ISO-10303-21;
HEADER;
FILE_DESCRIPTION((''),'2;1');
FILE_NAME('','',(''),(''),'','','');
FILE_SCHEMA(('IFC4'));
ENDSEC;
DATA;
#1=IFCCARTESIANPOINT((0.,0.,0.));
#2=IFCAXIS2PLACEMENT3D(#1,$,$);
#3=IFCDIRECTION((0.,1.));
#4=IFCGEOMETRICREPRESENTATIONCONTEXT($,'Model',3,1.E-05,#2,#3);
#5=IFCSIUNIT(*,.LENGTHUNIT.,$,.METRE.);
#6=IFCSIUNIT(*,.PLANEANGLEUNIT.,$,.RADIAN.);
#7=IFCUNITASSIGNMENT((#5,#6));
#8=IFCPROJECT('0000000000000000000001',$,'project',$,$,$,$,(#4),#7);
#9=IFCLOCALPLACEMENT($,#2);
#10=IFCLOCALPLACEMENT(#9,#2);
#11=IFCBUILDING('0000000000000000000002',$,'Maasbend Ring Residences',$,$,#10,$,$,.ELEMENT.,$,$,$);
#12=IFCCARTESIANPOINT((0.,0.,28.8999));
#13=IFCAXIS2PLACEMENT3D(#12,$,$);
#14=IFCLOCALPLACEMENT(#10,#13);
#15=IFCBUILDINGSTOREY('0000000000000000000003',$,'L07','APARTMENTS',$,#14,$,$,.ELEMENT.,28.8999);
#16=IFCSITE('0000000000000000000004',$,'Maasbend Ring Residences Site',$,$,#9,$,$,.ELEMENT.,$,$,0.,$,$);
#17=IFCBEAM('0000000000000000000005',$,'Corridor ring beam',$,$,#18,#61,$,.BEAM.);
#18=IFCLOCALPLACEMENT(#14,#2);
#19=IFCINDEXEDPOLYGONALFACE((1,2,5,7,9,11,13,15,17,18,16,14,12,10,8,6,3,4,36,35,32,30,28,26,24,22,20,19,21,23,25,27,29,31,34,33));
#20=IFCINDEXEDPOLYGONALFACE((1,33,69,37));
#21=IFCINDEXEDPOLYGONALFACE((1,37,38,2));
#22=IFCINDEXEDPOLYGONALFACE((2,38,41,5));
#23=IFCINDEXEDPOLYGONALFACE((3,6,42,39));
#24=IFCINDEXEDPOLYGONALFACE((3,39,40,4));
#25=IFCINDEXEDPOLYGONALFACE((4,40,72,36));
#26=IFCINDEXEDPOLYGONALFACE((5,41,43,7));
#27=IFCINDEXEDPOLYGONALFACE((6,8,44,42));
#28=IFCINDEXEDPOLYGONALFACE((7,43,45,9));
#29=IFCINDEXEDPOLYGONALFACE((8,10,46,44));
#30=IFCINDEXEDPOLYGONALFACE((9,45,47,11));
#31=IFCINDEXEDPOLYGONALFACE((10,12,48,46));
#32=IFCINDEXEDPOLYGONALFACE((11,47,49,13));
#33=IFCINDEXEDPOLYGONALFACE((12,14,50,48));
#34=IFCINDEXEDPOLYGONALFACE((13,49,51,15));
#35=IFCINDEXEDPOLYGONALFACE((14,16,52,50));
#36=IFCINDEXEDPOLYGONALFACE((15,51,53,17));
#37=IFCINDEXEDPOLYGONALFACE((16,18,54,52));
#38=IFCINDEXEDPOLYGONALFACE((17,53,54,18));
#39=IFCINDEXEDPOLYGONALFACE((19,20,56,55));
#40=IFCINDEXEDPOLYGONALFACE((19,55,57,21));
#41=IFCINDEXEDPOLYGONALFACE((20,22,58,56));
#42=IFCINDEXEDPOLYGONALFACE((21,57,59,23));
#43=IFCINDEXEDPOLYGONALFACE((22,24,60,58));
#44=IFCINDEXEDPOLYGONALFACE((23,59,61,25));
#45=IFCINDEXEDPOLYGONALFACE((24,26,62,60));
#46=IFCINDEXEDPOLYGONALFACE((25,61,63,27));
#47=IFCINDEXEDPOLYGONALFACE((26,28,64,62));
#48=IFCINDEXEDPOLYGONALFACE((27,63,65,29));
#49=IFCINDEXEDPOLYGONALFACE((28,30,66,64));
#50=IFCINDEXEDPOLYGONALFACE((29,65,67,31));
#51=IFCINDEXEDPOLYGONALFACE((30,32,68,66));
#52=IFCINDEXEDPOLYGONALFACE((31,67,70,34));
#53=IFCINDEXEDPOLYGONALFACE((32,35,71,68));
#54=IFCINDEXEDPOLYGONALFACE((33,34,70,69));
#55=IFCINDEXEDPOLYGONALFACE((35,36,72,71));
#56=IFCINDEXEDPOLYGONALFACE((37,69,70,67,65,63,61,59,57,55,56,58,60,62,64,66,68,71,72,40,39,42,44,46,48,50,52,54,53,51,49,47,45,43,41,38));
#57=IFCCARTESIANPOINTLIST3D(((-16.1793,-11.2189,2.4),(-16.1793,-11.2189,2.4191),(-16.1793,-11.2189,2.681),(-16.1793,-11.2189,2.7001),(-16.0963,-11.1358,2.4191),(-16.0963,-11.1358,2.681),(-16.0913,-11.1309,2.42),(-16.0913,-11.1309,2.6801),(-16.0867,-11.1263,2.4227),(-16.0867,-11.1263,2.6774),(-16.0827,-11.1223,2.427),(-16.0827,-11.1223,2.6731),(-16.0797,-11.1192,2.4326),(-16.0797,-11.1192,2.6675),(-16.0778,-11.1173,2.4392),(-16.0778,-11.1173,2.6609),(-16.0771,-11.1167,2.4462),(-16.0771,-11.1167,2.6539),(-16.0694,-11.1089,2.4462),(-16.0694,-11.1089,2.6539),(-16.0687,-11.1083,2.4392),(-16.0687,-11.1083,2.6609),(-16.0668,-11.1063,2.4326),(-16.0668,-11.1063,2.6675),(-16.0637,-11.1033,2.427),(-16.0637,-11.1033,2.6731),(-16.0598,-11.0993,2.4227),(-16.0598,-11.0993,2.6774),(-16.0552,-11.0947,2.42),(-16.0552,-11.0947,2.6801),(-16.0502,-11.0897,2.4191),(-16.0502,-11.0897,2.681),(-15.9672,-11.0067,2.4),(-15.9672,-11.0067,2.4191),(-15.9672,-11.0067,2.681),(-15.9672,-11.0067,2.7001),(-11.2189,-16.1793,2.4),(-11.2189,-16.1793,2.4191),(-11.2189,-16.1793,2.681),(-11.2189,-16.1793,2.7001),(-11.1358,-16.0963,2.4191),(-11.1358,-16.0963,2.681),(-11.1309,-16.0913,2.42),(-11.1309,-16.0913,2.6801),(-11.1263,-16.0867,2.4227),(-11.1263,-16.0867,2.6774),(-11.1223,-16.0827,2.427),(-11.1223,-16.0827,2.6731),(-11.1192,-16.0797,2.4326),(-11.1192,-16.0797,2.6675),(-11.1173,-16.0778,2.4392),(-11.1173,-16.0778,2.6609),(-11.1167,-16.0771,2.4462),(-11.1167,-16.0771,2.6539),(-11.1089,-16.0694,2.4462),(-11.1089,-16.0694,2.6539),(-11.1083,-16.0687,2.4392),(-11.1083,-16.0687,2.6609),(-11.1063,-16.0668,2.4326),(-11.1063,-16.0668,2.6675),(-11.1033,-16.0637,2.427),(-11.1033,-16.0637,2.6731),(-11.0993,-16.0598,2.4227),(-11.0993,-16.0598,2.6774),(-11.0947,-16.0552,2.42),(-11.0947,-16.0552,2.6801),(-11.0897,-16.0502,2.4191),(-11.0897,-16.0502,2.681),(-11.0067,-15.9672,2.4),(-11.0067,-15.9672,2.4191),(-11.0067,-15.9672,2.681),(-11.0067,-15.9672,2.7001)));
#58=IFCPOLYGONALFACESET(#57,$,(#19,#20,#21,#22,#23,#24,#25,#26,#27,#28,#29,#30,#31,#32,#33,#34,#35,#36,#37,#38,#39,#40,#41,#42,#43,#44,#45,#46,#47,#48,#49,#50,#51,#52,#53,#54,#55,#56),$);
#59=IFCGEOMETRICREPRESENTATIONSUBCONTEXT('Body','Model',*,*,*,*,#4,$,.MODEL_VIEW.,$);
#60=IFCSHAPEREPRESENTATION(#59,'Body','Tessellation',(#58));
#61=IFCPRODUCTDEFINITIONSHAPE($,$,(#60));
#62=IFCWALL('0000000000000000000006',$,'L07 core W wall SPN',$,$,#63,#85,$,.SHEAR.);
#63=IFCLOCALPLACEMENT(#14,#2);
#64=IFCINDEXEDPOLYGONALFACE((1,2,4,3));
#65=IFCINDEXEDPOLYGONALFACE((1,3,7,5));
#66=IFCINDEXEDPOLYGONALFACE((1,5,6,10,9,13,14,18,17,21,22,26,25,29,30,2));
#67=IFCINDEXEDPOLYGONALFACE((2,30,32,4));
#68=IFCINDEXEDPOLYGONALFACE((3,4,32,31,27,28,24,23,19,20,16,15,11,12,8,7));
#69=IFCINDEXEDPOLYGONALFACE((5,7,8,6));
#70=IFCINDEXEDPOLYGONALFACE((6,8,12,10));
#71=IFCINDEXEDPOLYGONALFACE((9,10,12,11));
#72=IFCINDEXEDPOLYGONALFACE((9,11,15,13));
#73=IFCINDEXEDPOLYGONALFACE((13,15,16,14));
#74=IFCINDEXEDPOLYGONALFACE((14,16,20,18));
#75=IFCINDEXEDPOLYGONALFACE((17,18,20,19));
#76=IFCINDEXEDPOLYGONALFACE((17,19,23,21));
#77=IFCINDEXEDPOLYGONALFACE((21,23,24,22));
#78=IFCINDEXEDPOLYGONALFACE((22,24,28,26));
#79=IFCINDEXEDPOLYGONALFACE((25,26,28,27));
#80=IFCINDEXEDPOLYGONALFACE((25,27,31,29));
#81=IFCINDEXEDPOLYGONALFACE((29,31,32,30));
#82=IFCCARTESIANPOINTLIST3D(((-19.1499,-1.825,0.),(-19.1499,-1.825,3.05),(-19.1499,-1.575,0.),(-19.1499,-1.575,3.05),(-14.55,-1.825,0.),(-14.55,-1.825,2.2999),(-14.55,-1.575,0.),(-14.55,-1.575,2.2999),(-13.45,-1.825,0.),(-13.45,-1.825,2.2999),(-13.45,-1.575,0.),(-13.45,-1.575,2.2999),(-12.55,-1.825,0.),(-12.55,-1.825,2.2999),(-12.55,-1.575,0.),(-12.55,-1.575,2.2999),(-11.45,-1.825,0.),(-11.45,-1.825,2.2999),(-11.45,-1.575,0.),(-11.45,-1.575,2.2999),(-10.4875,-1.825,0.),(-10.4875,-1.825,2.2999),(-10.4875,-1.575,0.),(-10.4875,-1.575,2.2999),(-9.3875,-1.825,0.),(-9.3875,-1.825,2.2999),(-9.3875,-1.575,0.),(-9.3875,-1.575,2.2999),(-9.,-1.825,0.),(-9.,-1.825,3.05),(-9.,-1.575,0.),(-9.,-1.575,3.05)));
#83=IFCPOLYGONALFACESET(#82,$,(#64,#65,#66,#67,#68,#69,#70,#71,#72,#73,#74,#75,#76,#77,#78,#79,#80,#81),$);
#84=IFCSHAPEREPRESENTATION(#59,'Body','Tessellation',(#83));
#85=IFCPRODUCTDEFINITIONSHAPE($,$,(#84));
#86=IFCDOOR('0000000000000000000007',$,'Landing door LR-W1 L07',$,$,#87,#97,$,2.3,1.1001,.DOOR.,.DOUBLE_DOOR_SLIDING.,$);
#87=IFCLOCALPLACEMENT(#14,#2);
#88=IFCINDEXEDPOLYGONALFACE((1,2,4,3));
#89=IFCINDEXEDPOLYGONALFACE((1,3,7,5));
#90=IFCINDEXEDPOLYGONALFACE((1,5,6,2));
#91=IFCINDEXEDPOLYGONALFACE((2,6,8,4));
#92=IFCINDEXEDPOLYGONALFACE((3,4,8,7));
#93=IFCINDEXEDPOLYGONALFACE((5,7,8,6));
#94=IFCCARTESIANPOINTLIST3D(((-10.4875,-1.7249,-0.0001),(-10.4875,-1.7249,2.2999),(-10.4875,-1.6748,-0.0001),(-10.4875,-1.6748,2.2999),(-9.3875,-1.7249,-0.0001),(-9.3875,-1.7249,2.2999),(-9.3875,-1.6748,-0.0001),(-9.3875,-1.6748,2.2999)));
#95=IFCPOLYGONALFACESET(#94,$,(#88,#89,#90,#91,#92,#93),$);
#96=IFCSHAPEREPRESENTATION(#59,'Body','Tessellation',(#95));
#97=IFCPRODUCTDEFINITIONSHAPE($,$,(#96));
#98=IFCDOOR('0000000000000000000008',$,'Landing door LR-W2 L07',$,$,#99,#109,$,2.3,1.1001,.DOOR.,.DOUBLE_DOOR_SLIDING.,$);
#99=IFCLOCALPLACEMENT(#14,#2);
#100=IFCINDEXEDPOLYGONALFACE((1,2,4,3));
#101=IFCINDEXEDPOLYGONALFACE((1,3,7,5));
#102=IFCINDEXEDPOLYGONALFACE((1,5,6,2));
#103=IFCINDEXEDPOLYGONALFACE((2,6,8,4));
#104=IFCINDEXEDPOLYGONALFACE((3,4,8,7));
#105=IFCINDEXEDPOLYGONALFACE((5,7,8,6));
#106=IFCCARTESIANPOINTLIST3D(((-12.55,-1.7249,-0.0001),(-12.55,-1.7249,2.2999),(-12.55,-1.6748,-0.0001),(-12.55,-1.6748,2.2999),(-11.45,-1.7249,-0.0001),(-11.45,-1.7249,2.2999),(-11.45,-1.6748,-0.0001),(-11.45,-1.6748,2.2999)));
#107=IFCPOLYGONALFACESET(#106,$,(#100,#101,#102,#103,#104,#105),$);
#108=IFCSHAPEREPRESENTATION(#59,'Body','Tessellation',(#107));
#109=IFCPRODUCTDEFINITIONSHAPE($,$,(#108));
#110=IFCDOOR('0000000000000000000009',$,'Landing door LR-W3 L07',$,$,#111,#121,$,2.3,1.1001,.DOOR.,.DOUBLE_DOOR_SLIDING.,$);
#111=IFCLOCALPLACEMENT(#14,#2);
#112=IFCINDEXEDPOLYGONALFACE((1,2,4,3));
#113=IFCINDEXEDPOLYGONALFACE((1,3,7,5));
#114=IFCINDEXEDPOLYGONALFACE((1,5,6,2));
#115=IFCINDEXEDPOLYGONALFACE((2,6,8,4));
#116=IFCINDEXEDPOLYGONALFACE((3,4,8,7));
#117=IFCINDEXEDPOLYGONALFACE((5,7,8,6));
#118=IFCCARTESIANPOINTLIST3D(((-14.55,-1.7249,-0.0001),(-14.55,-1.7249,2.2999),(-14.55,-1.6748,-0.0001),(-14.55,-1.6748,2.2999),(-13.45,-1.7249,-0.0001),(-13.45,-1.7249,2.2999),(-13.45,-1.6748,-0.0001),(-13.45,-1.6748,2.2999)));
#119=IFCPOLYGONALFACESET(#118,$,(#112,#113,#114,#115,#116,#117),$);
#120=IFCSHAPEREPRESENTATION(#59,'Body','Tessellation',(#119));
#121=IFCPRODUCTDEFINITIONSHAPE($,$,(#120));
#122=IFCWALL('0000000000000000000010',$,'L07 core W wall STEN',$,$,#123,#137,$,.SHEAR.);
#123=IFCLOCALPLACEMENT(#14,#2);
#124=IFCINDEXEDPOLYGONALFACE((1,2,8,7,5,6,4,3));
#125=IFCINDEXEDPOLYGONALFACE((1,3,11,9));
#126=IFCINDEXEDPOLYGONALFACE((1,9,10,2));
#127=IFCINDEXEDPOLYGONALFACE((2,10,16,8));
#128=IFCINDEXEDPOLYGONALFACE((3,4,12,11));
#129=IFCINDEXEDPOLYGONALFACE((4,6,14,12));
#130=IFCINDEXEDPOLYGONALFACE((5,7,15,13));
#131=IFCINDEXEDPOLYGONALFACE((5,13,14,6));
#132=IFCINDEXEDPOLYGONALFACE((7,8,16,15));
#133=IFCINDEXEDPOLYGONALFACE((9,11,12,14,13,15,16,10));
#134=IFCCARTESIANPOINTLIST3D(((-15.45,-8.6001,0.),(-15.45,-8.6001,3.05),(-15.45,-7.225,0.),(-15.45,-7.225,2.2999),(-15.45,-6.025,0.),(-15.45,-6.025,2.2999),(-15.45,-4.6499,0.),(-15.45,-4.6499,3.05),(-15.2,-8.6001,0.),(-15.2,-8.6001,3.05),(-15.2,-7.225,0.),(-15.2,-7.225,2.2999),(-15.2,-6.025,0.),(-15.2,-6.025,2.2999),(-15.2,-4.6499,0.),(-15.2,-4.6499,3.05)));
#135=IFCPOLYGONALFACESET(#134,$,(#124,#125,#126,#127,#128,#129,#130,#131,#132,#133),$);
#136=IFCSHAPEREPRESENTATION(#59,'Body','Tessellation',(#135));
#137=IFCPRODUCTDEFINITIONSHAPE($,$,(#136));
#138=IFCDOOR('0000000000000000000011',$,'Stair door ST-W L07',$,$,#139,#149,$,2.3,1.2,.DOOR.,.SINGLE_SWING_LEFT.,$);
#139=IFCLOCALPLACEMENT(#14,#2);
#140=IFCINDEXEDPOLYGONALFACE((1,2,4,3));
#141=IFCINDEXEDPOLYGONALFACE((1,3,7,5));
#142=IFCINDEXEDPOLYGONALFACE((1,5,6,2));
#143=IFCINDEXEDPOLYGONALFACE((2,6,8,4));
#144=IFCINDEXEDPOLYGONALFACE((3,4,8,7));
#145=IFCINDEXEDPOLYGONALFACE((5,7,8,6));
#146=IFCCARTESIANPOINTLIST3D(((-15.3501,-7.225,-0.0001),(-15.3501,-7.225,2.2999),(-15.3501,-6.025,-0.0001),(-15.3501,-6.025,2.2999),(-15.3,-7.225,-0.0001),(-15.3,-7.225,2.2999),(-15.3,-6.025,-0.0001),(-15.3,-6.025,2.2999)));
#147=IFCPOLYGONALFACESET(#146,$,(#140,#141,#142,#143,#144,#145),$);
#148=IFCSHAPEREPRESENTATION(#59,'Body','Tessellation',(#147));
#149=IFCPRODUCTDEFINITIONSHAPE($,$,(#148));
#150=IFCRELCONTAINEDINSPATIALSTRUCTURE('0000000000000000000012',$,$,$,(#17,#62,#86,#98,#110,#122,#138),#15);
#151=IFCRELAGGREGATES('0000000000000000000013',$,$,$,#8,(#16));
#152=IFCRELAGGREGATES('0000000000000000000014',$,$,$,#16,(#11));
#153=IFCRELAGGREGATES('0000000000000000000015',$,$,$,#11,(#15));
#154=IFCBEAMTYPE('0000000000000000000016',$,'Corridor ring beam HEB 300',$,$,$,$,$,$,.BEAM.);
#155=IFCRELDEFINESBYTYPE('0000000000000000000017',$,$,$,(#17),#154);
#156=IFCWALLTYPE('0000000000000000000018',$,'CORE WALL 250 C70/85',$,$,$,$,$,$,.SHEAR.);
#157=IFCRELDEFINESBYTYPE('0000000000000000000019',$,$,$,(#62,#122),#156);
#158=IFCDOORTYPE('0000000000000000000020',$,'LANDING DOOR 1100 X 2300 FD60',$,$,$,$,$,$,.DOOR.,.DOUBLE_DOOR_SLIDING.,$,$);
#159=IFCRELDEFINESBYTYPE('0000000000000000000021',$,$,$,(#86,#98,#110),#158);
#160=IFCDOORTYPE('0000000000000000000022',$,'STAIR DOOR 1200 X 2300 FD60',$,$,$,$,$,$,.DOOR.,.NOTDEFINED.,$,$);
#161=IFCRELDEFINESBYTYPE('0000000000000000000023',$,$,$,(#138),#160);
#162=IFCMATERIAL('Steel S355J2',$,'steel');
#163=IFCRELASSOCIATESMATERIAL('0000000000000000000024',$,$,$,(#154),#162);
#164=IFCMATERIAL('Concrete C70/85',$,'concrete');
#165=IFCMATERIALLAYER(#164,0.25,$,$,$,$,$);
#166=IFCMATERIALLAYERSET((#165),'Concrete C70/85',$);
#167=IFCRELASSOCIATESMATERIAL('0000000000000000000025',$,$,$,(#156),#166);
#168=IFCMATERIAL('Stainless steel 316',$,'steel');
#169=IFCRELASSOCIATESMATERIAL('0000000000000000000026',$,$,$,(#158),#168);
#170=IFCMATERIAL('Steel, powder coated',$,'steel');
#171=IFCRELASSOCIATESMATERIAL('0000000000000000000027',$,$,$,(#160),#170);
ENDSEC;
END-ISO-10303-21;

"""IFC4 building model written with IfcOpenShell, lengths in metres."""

from ifc_helpers import new_model, si_unit, direction, frame, frame_2d, origin, origin_2d, place, context, subcontext, project, spatial, rectangle, i_section, extrude, material, layer, layer_set, material_profile, profile_set, type_object, element, fill, save


model = new_model("IFC4")

# Units and contexts
model_context = context("Model", 3, precision=1e-05, world=origin(), true_north=direction((0.0, 1.0)))
body_context = subcontext(model_context, "Body", "Model", "MODEL_VIEW")
ifc_project = project(units=[si_unit("LENGTHUNIT", "METRE"), si_unit("PLANEANGLEUNIT", "RADIAN")], contexts=[model_context])

# Site, building, storey
site_placement = place(None, origin())
site = spatial("IfcSite", under=ifc_project, at=site_placement, Name="Maasbend Ring Residences Site", CompositionType="ELEMENT", RefElevation=0.0)
building_placement = place(site_placement, origin())
building = spatial("IfcBuilding", under=site, at=building_placement, Name="Maasbend Ring Residences", CompositionType="ELEMENT")
storey_placement = place(building_placement, frame((0.0, 0.0, 28.8999)))
storey = spatial("IfcBuildingStorey", under=building, at=storey_placement, Name="L07", Description="APARTMENTS", CompositionType="ELEMENT", Elevation=28.8999)

# Beam
ifc_material_1 = material(Name="Steel S355J2", Category="steel")
ifc_material_profile = material_profile(ifc_material_1, i_section(OverallWidth=0.3, OverallDepth=0.3, WebThickness=0.011, FlangeThickness=0.019, FilletRadius=0.0271, at=origin_2d()), Name="HEB 300")
ifc_profile_set = profile_set([ifc_material_profile], Name="Steel S355J2")
beam_type = type_object("IfcBeamType", Name="Corridor ring beam HEB 300", PredefinedType="BEAM", material=ifc_profile_set)
beam_placement = place(storey_placement, frame((-16.0732, -11.1128, 2.55), z_axis=(0.707107, -0.707107, 0.0), x_axis=(0.707107, 0.707107, 0.0)))
element("IfcBeam", 1, at=beam_placement, inside=storey, type_object=beam_type, Name="Corridor ring beam", PredefinedType="BEAM", context=body_context, shape_type="SweptSolid", body=[
    extrude(i_section(OverallWidth=0.3, OverallDepth=0.3, WebThickness=0.011, FlangeThickness=0.019, FilletRadius=0.0271, at=origin_2d()), origin(), (0.0, 0.0, 1.0), 7.0151),
])

# Wall, openings, doors
ifc_material_2 = material(Name="Concrete C70/85", Category="concrete")
ifc_layer_1 = layer(ifc_material_2, 0.25)
ifc_layer_set_1 = layer_set([ifc_layer_1], Name="Concrete C70/85")
wall_type_1 = type_object("IfcWallType", Name="CORE WALL 250 C70/85", PredefinedType="SHEAR", material=ifc_layer_set_1)
wall_1_placement = place(storey_placement, frame((-9.0, -1.7, 0.0), z_axis=(0.0, 0.0, 1.0), x_axis=(-1.0, 0.0, 0.0)))
wall_1 = element("IfcWall", 2, at=wall_1_placement, inside=storey, type_object=wall_type_1, Name="L07 core W wall SPN", PredefinedType="SHEAR", context=body_context, shape_type="SweptSolid", body=[
    extrude(rectangle(XDim=10.1499, YDim=0.25, at=frame_2d((5.075, 0.0))), origin(), (0.0, 0.0, 1.0), 3.05),
])
opening_1_placement = place(wall_1_placement, frame((0.3875, 0.0, 0.0)))
opening_1 = element("IfcOpeningElement", 3, at=opening_1_placement, cuts=wall_1, PredefinedType="OPENING", context=body_context, shape_type="SweptSolid", body=[
    extrude(rectangle(XDim=1.1001, YDim=2.3, at=frame_2d((0.55, 1.1499))), frame((0.0, 0.135, 0.0), z_axis=(0.0, -1.0, 0.0), x_axis=(1.0, 0.0, 0.0)), (0.0, 0.0, 1.0), 0.27),
])
opening_2_placement = place(wall_1_placement, frame((2.45, 0.0, 0.0)))
opening_2 = element("IfcOpeningElement", 4, at=opening_2_placement, cuts=wall_1, PredefinedType="OPENING", context=body_context, shape_type="SweptSolid", body=[
    extrude(rectangle(XDim=1.1001, YDim=2.3, at=frame_2d((0.55, 1.1499))), frame((0.0, 0.135, 0.0), z_axis=(0.0, -1.0, 0.0), x_axis=(1.0, 0.0, 0.0)), (0.0, 0.0, 1.0), 0.27),
])
opening_3_placement = place(wall_1_placement, frame((4.45, 0.0, 0.0)))
opening_3 = element("IfcOpeningElement", 5, at=opening_3_placement, cuts=wall_1, PredefinedType="OPENING", context=body_context, shape_type="SweptSolid", body=[
    extrude(rectangle(XDim=1.1001, YDim=2.3, at=frame_2d((0.55, 1.1499))), frame((0.0, 0.135, 0.0), z_axis=(0.0, -1.0, 0.0), x_axis=(1.0, 0.0, 0.0)), (0.0, 0.0, 1.0), 0.27),
])
ifc_material_3 = material(Name="Stainless steel 316", Category="steel")
door_type_1 = type_object("IfcDoorType", Name="LANDING DOOR 1100 X 2300 FD60", OperationType="DOUBLE_DOOR_SLIDING", PredefinedType="DOOR", material=ifc_material_3)
door_1_placement = place(opening_1_placement, origin())
door_1 = element("IfcDoor", 6, at=door_1_placement, inside=storey, type_object=door_type_1, Name="Landing door LR-W1 L07", OperationType="DOUBLE_DOOR_SLIDING", OverallHeight=2.3, OverallWidth=1.1001, PredefinedType="DOOR", context=body_context, shape_type="SweptSolid", body=[
    extrude(rectangle(XDim=1.1001, YDim=2.3, at=frame_2d((0.55, 1.1499))), frame((0.0, 0.0249, 0.0), z_axis=(0.0, -1.0, 0.0), x_axis=(1.0, 0.0, 0.0)), (0.0, 0.0, 1.0), 0.05),
])
fill(opening_1, door_1)
door_2_placement = place(opening_2_placement, origin())
door_2 = element("IfcDoor", 7, at=door_2_placement, inside=storey, type_object=door_type_1, Name="Landing door LR-W2 L07", OperationType="DOUBLE_DOOR_SLIDING", OverallHeight=2.3, OverallWidth=1.1001, PredefinedType="DOOR", context=body_context, shape_type="SweptSolid", body=[
    extrude(rectangle(XDim=1.1001, YDim=2.3, at=frame_2d((0.55, 1.1499))), frame((0.0, 0.0249, 0.0), z_axis=(0.0, -1.0, 0.0), x_axis=(1.0, 0.0, 0.0)), (0.0, 0.0, 1.0), 0.05),
])
fill(opening_2, door_2)
door_3_placement = place(opening_3_placement, origin())
door_3 = element("IfcDoor", 8, at=door_3_placement, inside=storey, type_object=door_type_1, Name="Landing door LR-W3 L07", OperationType="DOUBLE_DOOR_SLIDING", OverallHeight=2.3, OverallWidth=1.1001, PredefinedType="DOOR", context=body_context, shape_type="SweptSolid", body=[
    extrude(rectangle(XDim=1.1001, YDim=2.3, at=frame_2d((0.55, 1.1499))), frame((0.0, 0.0249, 0.0), z_axis=(0.0, -1.0, 0.0), x_axis=(1.0, 0.0, 0.0)), (0.0, 0.0, 1.0), 0.05),
])
fill(opening_3, door_3)

# Wall, opening, door
wall_2_placement = place(storey_placement, frame((-15.325, -4.6499, 0.0), z_axis=(0.0, 0.0, 1.0), x_axis=(0.0, -1.0, 0.0)))
wall_2 = element("IfcWall", 9, at=wall_2_placement, inside=storey, type_object=wall_type_1, Name="L07 core W wall STEN", PredefinedType="SHEAR", context=body_context, shape_type="SweptSolid", body=[
    extrude(rectangle(XDim=3.9502, YDim=0.25, at=frame_2d((1.9751, 0.0))), origin(), (0.0, 0.0, 1.0), 3.05),
])
opening_4_placement = place(wall_2_placement, frame((1.375, 0.0, 0.0)))
opening_4 = element("IfcOpeningElement", 10, at=opening_4_placement, cuts=wall_2, PredefinedType="OPENING", context=body_context, shape_type="SweptSolid", body=[
    extrude(rectangle(XDim=1.2, YDim=2.3, at=frame_2d((0.6001, 1.1499))), frame((0.0, 0.135, 0.0), z_axis=(0.0, -1.0, 0.0), x_axis=(1.0, 0.0, 0.0)), (0.0, 0.0, 1.0), 0.27),
])
ifc_material_4 = material(Name="Steel, powder coated", Category="steel")
door_type_2 = type_object("IfcDoorType", Name="STAIR DOOR 1200 X 2300 FD60", OperationType="NOTDEFINED", PredefinedType="DOOR", material=ifc_material_4)
door_4_placement = place(opening_4_placement, origin())
door_4 = element("IfcDoor", 11, at=door_4_placement, inside=storey, type_object=door_type_2, Name="Stair door ST-W L07", OperationType="SINGLE_SWING_LEFT", OverallHeight=2.3, OverallWidth=1.2, PredefinedType="DOOR", context=body_context, shape_type="SweptSolid", body=[
    extrude(rectangle(XDim=1.2, YDim=2.3, at=frame_2d((0.6001, 1.1499))), frame((0.0, 0.0249, 0.0), z_axis=(0.0, -1.0, 0.0), x_axis=(1.0, 0.0, 0.0)), (0.0, 0.0, 1.0), 0.05),
])
fill(opening_4, door_4)

save(model, "model.ifc")
